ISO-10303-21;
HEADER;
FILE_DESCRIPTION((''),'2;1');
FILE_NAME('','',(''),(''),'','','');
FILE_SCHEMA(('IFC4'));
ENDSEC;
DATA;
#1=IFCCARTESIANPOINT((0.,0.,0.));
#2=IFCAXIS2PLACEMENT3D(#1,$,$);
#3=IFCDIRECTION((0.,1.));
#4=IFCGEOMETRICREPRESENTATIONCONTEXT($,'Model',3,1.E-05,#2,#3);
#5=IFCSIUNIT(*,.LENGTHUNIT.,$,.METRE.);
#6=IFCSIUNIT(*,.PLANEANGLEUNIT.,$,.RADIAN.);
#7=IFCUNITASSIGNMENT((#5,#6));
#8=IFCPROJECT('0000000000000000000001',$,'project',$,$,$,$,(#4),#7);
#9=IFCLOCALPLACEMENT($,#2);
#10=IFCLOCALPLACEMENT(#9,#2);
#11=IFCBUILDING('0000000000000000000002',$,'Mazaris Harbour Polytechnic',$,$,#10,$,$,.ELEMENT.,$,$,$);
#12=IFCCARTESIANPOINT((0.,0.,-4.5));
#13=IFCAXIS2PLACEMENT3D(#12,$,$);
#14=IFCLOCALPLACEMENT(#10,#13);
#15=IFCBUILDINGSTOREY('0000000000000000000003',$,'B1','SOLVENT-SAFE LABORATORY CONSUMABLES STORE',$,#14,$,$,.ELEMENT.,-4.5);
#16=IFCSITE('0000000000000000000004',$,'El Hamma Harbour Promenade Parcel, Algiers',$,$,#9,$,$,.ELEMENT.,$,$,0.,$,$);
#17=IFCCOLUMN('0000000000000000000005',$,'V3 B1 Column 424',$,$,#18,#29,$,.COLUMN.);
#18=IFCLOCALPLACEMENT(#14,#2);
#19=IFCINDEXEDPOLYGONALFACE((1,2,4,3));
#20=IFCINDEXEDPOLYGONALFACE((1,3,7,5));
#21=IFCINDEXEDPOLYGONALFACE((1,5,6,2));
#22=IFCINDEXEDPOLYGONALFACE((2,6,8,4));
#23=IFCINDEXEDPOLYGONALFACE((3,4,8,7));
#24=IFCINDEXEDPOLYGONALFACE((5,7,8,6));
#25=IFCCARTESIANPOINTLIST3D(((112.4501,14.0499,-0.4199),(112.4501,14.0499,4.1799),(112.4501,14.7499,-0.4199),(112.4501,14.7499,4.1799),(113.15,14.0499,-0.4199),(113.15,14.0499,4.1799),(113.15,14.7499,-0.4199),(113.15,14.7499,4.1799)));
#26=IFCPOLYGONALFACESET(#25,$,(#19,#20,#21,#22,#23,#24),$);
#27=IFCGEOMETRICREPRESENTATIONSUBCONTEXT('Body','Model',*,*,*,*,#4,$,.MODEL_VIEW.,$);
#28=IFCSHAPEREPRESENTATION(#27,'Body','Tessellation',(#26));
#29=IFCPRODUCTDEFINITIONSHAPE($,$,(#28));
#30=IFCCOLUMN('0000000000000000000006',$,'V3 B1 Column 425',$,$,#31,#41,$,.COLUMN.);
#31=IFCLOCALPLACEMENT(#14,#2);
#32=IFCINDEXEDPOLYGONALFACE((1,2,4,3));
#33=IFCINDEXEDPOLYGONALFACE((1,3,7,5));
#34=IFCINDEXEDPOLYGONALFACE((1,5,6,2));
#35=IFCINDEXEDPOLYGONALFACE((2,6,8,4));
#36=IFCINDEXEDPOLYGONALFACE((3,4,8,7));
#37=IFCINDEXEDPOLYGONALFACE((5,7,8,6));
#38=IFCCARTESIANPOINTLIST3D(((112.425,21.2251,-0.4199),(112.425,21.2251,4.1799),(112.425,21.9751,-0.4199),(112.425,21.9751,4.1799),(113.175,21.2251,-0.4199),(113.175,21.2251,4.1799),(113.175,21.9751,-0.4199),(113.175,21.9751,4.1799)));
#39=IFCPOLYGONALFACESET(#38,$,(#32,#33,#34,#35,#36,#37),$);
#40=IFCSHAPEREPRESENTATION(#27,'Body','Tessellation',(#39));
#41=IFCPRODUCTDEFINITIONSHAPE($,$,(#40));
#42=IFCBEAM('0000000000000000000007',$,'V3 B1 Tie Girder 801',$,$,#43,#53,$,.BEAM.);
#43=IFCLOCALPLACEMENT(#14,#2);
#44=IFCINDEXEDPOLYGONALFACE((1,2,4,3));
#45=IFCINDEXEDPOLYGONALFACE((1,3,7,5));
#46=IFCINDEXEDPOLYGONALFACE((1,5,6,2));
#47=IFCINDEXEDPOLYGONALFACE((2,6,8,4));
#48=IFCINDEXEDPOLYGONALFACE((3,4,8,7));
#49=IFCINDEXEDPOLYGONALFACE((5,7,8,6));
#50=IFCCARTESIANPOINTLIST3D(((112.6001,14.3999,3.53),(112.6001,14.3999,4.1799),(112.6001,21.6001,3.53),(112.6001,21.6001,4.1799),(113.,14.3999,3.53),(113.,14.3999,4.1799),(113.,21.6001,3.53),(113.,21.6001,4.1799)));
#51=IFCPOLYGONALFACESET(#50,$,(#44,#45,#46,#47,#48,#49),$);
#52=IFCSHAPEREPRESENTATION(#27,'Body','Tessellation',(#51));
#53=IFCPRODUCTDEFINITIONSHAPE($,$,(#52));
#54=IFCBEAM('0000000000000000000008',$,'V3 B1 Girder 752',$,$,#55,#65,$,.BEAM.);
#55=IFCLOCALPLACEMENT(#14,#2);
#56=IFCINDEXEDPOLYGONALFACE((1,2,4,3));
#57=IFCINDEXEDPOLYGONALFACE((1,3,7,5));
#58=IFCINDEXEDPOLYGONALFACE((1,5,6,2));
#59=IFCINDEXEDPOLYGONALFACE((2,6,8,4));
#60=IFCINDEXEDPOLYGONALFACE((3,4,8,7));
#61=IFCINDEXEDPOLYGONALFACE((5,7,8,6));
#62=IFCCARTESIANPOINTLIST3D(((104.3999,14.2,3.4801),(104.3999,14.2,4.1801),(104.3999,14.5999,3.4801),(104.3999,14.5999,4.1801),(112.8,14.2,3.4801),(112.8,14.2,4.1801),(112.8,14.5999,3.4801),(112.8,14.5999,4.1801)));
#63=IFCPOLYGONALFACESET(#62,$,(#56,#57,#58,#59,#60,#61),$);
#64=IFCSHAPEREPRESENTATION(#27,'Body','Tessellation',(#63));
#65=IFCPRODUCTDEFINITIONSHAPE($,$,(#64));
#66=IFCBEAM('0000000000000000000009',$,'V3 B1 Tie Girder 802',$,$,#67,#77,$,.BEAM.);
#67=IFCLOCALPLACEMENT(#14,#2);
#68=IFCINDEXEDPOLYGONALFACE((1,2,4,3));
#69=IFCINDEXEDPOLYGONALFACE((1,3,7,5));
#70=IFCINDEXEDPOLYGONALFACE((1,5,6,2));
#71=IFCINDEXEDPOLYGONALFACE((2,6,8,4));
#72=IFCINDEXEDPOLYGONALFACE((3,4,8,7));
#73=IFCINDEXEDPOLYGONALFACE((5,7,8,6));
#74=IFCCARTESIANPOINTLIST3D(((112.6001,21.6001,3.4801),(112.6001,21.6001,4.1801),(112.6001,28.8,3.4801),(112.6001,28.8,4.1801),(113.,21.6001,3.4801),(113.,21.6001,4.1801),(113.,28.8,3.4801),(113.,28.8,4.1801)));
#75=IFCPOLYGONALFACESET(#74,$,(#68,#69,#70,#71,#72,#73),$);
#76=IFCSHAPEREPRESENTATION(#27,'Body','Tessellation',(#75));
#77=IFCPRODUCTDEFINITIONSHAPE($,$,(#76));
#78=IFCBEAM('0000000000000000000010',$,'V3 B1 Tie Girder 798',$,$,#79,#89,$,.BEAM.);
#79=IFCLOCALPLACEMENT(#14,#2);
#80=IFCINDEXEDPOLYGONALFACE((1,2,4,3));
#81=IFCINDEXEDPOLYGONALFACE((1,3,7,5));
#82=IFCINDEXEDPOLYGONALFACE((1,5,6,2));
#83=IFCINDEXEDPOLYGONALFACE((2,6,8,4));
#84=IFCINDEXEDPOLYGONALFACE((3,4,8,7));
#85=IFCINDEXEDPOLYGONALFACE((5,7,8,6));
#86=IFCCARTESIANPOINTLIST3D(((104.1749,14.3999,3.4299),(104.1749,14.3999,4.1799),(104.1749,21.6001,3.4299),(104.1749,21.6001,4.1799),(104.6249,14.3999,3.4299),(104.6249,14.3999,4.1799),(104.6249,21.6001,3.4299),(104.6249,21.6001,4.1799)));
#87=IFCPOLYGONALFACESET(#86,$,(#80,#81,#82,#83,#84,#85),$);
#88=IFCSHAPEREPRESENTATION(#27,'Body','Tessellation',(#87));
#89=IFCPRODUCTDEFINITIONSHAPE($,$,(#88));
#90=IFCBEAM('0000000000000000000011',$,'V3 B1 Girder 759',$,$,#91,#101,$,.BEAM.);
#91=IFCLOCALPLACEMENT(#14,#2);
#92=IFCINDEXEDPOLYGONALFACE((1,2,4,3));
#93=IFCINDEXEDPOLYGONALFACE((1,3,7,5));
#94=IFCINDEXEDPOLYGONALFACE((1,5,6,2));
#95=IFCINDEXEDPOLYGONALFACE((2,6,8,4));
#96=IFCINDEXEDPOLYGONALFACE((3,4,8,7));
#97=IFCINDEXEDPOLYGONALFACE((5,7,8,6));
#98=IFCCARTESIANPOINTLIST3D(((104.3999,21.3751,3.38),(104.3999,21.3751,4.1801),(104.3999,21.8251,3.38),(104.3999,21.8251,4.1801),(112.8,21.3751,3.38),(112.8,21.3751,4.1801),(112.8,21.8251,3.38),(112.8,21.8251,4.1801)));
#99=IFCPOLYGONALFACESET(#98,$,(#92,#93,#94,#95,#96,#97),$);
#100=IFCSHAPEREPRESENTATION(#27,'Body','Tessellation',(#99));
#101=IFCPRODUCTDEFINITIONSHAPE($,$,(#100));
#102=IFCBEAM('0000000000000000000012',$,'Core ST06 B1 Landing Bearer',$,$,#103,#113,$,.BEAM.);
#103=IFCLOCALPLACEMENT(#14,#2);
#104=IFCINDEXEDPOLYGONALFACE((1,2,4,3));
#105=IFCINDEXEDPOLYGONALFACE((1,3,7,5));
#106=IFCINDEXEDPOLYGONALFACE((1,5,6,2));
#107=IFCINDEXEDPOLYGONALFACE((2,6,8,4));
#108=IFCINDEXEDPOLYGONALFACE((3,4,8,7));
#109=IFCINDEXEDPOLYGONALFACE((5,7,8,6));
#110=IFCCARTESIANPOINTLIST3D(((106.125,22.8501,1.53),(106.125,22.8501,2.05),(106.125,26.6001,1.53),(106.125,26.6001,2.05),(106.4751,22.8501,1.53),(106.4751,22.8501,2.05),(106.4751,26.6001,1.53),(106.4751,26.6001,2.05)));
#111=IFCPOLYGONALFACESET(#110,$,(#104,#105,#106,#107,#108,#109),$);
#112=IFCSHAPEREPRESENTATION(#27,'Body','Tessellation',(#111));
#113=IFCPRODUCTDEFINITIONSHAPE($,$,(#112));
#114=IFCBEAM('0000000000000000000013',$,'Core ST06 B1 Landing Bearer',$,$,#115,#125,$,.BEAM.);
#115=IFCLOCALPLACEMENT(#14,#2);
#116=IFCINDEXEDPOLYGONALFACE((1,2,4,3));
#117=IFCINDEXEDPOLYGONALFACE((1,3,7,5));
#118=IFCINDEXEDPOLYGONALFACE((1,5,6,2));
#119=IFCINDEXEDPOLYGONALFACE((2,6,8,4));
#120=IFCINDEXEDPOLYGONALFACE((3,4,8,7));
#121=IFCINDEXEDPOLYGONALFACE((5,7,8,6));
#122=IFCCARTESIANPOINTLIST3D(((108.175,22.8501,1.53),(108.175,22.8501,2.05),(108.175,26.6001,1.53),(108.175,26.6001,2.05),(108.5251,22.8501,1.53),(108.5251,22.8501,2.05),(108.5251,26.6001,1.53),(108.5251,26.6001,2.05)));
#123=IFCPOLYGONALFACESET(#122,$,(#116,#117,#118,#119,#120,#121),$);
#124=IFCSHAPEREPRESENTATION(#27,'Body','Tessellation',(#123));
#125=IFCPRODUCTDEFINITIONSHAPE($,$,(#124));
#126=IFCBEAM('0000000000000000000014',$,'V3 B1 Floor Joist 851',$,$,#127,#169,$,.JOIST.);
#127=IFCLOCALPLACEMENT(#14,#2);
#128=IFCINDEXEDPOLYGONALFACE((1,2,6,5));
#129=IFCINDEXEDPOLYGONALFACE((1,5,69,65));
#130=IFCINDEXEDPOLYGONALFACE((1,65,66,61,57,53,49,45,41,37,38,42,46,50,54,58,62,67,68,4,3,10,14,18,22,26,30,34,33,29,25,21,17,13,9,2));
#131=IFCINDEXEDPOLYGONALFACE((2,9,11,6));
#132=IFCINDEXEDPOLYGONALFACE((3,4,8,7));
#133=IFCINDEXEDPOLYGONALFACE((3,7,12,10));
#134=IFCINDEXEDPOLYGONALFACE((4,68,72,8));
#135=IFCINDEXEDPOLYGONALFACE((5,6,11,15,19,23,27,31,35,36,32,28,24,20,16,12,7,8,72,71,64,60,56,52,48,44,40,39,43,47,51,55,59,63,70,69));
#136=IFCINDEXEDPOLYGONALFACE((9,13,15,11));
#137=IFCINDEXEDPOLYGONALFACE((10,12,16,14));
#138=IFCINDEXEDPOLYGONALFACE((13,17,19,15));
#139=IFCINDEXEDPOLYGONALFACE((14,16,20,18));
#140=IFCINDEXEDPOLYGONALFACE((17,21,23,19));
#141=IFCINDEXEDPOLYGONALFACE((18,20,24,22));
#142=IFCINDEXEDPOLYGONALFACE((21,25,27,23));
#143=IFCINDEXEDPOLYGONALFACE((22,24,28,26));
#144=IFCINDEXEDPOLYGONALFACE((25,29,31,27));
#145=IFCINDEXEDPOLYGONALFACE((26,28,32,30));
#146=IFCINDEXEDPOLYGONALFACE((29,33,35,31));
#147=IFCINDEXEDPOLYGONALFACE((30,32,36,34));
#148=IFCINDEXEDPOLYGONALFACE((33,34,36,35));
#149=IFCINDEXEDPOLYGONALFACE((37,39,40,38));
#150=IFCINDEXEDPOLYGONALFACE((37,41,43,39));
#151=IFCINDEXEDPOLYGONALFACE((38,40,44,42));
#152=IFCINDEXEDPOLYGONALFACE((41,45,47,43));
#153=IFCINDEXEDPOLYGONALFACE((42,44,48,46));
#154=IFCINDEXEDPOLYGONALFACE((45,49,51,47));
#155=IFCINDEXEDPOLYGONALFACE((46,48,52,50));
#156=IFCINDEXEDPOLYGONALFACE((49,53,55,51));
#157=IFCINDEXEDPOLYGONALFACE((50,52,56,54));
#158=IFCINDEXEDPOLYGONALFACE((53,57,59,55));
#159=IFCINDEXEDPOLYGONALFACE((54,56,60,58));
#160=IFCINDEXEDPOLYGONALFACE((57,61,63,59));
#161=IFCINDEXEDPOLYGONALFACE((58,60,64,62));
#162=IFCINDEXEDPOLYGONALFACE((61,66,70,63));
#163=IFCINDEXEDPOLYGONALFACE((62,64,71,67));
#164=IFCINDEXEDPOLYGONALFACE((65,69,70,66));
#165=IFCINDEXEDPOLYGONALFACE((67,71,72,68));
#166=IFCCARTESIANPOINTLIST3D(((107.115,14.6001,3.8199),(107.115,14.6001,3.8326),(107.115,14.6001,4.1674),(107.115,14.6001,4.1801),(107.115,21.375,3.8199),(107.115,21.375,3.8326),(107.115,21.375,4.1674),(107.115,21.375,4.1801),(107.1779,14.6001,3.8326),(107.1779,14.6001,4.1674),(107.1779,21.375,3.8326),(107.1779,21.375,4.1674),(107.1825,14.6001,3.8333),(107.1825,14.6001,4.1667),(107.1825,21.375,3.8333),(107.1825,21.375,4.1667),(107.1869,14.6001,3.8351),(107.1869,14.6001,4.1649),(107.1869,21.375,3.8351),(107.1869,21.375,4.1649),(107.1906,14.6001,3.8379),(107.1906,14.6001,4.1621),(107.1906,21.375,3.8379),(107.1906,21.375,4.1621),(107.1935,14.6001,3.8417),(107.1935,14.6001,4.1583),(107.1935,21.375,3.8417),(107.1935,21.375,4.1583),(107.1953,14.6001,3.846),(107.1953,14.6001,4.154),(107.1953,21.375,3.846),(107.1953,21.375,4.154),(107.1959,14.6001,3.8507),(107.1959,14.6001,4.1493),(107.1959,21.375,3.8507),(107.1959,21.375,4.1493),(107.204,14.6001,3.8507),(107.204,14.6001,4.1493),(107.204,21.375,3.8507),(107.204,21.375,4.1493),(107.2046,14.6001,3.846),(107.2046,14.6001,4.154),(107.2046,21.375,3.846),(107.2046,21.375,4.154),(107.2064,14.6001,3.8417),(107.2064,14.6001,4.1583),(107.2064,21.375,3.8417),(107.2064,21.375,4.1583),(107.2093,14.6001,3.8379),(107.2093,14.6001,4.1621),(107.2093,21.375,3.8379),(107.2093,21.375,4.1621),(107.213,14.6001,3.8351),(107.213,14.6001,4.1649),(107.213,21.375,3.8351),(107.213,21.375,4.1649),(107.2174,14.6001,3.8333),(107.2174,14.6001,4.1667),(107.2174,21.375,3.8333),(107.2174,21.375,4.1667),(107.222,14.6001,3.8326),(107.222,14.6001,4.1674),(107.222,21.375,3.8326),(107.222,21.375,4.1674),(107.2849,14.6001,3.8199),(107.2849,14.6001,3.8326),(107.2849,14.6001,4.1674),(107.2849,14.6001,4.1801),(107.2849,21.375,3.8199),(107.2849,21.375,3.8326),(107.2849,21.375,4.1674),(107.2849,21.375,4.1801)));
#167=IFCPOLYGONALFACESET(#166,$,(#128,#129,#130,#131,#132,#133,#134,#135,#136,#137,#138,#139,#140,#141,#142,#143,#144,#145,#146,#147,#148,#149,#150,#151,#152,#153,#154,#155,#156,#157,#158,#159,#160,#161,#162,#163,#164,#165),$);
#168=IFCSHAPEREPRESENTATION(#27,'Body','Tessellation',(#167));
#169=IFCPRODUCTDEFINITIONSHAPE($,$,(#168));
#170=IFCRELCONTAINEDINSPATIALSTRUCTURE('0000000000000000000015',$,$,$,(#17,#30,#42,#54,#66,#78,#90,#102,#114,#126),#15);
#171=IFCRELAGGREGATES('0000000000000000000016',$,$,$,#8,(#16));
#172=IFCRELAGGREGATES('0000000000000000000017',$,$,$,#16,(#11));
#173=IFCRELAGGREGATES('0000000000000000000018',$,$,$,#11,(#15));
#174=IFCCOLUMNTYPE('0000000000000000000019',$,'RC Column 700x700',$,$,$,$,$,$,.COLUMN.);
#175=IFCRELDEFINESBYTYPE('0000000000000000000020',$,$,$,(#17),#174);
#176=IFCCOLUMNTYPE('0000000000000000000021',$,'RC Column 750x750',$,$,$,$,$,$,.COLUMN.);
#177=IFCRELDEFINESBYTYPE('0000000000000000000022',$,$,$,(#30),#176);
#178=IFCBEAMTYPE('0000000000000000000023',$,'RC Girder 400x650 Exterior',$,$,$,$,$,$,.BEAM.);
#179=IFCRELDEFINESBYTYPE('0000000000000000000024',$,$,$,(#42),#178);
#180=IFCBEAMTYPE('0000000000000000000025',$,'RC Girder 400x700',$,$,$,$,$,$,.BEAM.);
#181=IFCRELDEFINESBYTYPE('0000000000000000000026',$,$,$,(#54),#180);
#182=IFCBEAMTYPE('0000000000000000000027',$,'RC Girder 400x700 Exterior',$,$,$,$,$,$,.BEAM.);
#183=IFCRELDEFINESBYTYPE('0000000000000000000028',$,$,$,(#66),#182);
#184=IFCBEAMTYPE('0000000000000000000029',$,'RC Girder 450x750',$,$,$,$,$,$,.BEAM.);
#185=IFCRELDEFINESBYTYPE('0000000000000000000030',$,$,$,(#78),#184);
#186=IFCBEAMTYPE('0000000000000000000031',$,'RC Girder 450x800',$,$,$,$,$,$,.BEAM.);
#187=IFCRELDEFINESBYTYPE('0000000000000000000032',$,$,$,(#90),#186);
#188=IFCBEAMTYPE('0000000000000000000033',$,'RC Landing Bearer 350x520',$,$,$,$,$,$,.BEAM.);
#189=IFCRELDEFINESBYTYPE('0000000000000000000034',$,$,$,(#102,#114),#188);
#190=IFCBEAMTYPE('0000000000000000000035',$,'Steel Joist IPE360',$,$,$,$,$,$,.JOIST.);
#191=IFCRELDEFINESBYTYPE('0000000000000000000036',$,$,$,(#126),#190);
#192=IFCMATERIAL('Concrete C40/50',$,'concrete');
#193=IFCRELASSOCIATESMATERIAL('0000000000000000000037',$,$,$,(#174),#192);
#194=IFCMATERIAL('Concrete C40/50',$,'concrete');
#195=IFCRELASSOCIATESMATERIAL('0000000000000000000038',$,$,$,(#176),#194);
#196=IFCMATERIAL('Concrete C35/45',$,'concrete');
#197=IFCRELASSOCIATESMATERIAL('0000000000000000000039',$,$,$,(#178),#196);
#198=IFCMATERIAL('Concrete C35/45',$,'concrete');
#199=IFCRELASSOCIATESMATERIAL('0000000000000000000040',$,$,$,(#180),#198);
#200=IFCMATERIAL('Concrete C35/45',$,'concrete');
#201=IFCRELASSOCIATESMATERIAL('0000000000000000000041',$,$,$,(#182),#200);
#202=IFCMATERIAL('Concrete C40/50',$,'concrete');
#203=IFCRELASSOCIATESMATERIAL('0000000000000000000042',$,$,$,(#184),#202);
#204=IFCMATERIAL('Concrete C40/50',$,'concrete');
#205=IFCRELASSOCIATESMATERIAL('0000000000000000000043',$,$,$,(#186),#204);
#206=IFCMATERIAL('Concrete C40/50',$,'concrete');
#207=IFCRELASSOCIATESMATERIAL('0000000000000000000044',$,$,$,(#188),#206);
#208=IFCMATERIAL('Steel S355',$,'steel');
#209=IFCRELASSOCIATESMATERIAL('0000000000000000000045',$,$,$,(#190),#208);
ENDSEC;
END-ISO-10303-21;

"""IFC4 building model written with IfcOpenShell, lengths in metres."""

from ifc_helpers import new_model, si_unit, direction, frame, origin, origin_2d, place, context, subcontext, project, spatial, rectangle, i_section, extrude, material, material_profile, profile_set, type_object, element, save


model = new_model("IFC4")

# Units and contexts
model_context = context("Model", 3, precision=1e-05, world=origin(), true_north=direction((0.0, 1.0)))
body_context = subcontext(model_context, "Body", "Model", "MODEL_VIEW")
ifc_project = project(units=[si_unit("LENGTHUNIT", "METRE"), si_unit("PLANEANGLEUNIT", "RADIAN")], contexts=[model_context])

# Site, building, storey
site_placement = place(None, origin())
site = spatial("IfcSite", under=ifc_project, at=site_placement, Name="El Hamma Harbour Promenade Parcel, Algiers", CompositionType="ELEMENT", RefElevation=0.0)
building_placement = place(site_placement, origin())
building = spatial("IfcBuilding", under=site, at=building_placement, Name="Mazaris Harbour Polytechnic", CompositionType="ELEMENT")
storey_placement = place(building_placement, frame((0.0, 0.0, -4.5)))
storey = spatial("IfcBuildingStorey", under=building, at=storey_placement, Name="B1", Description="SOLVENT-SAFE LABORATORY CONSUMABLES STORE", CompositionType="ELEMENT", Elevation=-4.5)

# Columns
ifc_material_1 = material(Name="Concrete C40/50", Category="concrete")
ifc_material_profile_1 = material_profile(ifc_material_1, rectangle(XDim=0.7, YDim=0.7, at=origin_2d()), Name="RECT700x700")
ifc_profile_set_1 = profile_set([ifc_material_profile_1], Name="Concrete C40/50")
column_type_1 = type_object("IfcColumnType", Name="RC Column 700x700", PredefinedType="COLUMN", material=ifc_profile_set_1)
column_1_placement = place(storey_placement, frame((112.8, 14.3999, -0.4199), z_axis=(0.0, 0.0, 1.0), x_axis=(1.0, 0.0, 0.0)))
element("IfcColumn", 1, at=column_1_placement, inside=storey, type_object=column_type_1, Name="V3 B1 Column 424", PredefinedType="COLUMN", context=body_context, shape_type="SweptSolid", body=[
    extrude(rectangle(XDim=0.7, YDim=0.7, at=origin_2d()), origin(), (0.0, 0.0, 1.0), 4.5999),
])
ifc_material_2 = material(Name="Concrete C40/50", Category="concrete")
ifc_material_profile_2 = material_profile(ifc_material_2, rectangle(XDim=0.75, YDim=0.75, at=origin_2d()), Name="RECT750x750")
ifc_profile_set_2 = profile_set([ifc_material_profile_2], Name="Concrete C40/50")
column_type_2 = type_object("IfcColumnType", Name="RC Column 750x750", PredefinedType="COLUMN", material=ifc_profile_set_2)
column_2_placement = place(storey_placement, frame((112.8, 21.6001, -0.4199), z_axis=(0.0, 0.0, 1.0), x_axis=(1.0, 0.0, 0.0)))
element("IfcColumn", 2, at=column_2_placement, inside=storey, type_object=column_type_2, Name="V3 B1 Column 425", PredefinedType="COLUMN", context=body_context, shape_type="SweptSolid", body=[
    extrude(rectangle(XDim=0.75, YDim=0.75, at=origin_2d()), origin(), (0.0, 0.0, 1.0), 4.5999),
])

# Beams
ifc_material_3 = material(Name="Concrete C35/45", Category="concrete")
ifc_material_profile_3 = material_profile(ifc_material_3, rectangle(XDim=0.3999, YDim=0.6499, at=origin_2d()), Name="RECT400x650")
ifc_profile_set_3 = profile_set([ifc_material_profile_3], Name="Concrete C35/45")
beam_type_1 = type_object("IfcBeamType", Name="RC Girder 400x650 Exterior", PredefinedType="BEAM", material=ifc_profile_set_3)
beam_1_placement = place(storey_placement, frame((112.8, 14.3999, 3.855), z_axis=(0.0, 1.0, 0.0), x_axis=(-1.0, 0.0, 0.0)))
element("IfcBeam", 3, at=beam_1_placement, inside=storey, type_object=beam_type_1, Name="V3 B1 Tie Girder 801", PredefinedType="BEAM", context=body_context, shape_type="SweptSolid", body=[
    extrude(rectangle(XDim=0.3999, YDim=0.6499, at=origin_2d()), origin(), (0.0, 0.0, 1.0), 7.2002),
])
ifc_material_4 = material(Name="Concrete C35/45", Category="concrete")
ifc_material_profile_4 = material_profile(ifc_material_4, rectangle(XDim=0.3999, YDim=0.7, at=origin_2d()), Name="RECT400x700")
ifc_profile_set_4 = profile_set([ifc_material_profile_4], Name="Concrete C35/45")
beam_type_2 = type_object("IfcBeamType", Name="RC Girder 400x700", PredefinedType="BEAM", material=ifc_profile_set_4)
beam_2_placement = place(storey_placement, frame((104.3999, 14.3999, 3.8301), z_axis=(1.0, 0.0, 0.0), x_axis=(0.0, 1.0, 0.0)))
element("IfcBeam", 4, at=beam_2_placement, inside=storey, type_object=beam_type_2, Name="V3 B1 Girder 752", PredefinedType="BEAM", context=body_context, shape_type="SweptSolid", body=[
    extrude(rectangle(XDim=0.3999, YDim=0.7, at=origin_2d()), origin(), (0.0, 0.0, 1.0), 8.4001),
])
ifc_material_5 = material(Name="Concrete C35/45", Category="concrete")
ifc_material_profile_5 = material_profile(ifc_material_5, rectangle(XDim=0.3999, YDim=0.7, at=origin_2d()), Name="RECT400x700")
ifc_profile_set_5 = profile_set([ifc_material_profile_5], Name="Concrete C35/45")
beam_type_3 = type_object("IfcBeamType", Name="RC Girder 400x700 Exterior", PredefinedType="BEAM", material=ifc_profile_set_5)
beam_3_placement = place(storey_placement, frame((112.8, 21.6001, 3.8301), z_axis=(0.0, 1.0, 0.0), x_axis=(-1.0, 0.0, 0.0)))
element("IfcBeam", 5, at=beam_3_placement, inside=storey, type_object=beam_type_3, Name="V3 B1 Tie Girder 802", PredefinedType="BEAM", context=body_context, shape_type="SweptSolid", body=[
    extrude(rectangle(XDim=0.3999, YDim=0.7, at=origin_2d()), origin(), (0.0, 0.0, 1.0), 7.2),
])
ifc_material_6 = material(Name="Concrete C40/50", Category="concrete")
ifc_material_profile_6 = material_profile(ifc_material_6, rectangle(XDim=0.45, YDim=0.75, at=origin_2d()), Name="RECT450x750")
ifc_profile_set_6 = profile_set([ifc_material_profile_6], Name="Concrete C40/50")
beam_type_4 = type_object("IfcBeamType", Name="RC Girder 450x750", PredefinedType="BEAM", material=ifc_profile_set_6)
beam_4_placement = place(storey_placement, frame((104.3999, 14.3999, 3.8049), z_axis=(0.0, 1.0, 0.0), x_axis=(-1.0, 0.0, 0.0)))
element("IfcBeam", 6, at=beam_4_placement, inside=storey, type_object=beam_type_4, Name="V3 B1 Tie Girder 798", PredefinedType="BEAM", context=body_context, shape_type="SweptSolid", body=[
    extrude(rectangle(XDim=0.45, YDim=0.75, at=origin_2d()), origin(), (0.0, 0.0, 1.0), 7.2002),
])
ifc_material_7 = material(Name="Concrete C40/50", Category="concrete")
ifc_material_profile_7 = material_profile(ifc_material_7, rectangle(XDim=0.45, YDim=0.8, at=origin_2d()), Name="RECT450x800")
ifc_profile_set_7 = profile_set([ifc_material_profile_7], Name="Concrete C40/50")
beam_type_5 = type_object("IfcBeamType", Name="RC Girder 450x800", PredefinedType="BEAM", material=ifc_profile_set_7)
beam_5_placement = place(storey_placement, frame((104.3999, 21.6001, 3.78), z_axis=(1.0, 0.0, 0.0), x_axis=(0.0, 1.0, 0.0)))
element("IfcBeam", 7, at=beam_5_placement, inside=storey, type_object=beam_type_5, Name="V3 B1 Girder 759", PredefinedType="BEAM", context=body_context, shape_type="SweptSolid", body=[
    extrude(rectangle(XDim=0.45, YDim=0.8, at=origin_2d()), origin(), (0.0, 0.0, 1.0), 8.4001),
])
ifc_material_8 = material(Name="Concrete C40/50", Category="concrete")
ifc_material_profile_8 = material_profile(ifc_material_8, rectangle(XDim=0.3501, YDim=0.52, at=origin_2d()), Name="RECT350x520")
ifc_profile_set_8 = profile_set([ifc_material_profile_8], Name="Concrete C40/50")
beam_type_6 = type_object("IfcBeamType", Name="RC Landing Bearer 350x520", PredefinedType="BEAM", material=ifc_profile_set_8)
for number, where, z_axis, x_axis, name in (
    (8, (106.3, 22.8501, 1.79), (0.0, 1.0, 0.0), (-1.0, 0.0, 0.0), "Core ST06 B1 Landing Bearer"),
    (9, (108.3501, 22.8501, 1.79), (0.0, 1.0, 0.0), (-1.0, 0.0, 0.0), "Core ST06 B1 Landing Bearer"),
):
    element("IfcBeam", number, at=place(storey_placement, frame(where, z_axis=z_axis, x_axis=x_axis)), inside=storey, type_object=beam_type_6, Name=name, PredefinedType="BEAM", context=body_context, shape_type="SweptSolid", body=[
        extrude(rectangle(XDim=0.3501, YDim=0.52, at=origin_2d()), origin(), (0.0, 0.0, 1.0), 3.75),
    ])
ifc_material_9 = material(Name="Steel S355", Category="steel")
ifc_material_profile_9 = material_profile(ifc_material_9, i_section(OverallWidth=0.1699, OverallDepth=0.3601, WebThickness=0.0081, FlangeThickness=0.0127, FilletRadius=0.0181, at=origin_2d()), Name="IPE 360")
ifc_profile_set_9 = profile_set([ifc_material_profile_9], Name="Steel S355")
beam_type_7 = type_object("IfcBeamType", Name="Steel Joist IPE360", PredefinedType="JOIST", material=ifc_profile_set_9)
beam_6_placement = place(storey_placement, frame((107.2, 14.6001, 4.0), z_axis=(0.0, 1.0, 0.0), x_axis=(-1.0, 0.0, 0.0)))
element("IfcBeam", 10, at=beam_6_placement, inside=storey, type_object=beam_type_7, Name="V3 B1 Floor Joist 851", PredefinedType="JOIST", context=body_context, shape_type="SweptSolid", body=[
    extrude(i_section(OverallWidth=0.1699, OverallDepth=0.3601, WebThickness=0.0081, FlangeThickness=0.0127, FilletRadius=0.0181, at=origin_2d()), origin(), (0.0, 0.0, 1.0), 6.7749),
])

save(model, "model.ifc")
